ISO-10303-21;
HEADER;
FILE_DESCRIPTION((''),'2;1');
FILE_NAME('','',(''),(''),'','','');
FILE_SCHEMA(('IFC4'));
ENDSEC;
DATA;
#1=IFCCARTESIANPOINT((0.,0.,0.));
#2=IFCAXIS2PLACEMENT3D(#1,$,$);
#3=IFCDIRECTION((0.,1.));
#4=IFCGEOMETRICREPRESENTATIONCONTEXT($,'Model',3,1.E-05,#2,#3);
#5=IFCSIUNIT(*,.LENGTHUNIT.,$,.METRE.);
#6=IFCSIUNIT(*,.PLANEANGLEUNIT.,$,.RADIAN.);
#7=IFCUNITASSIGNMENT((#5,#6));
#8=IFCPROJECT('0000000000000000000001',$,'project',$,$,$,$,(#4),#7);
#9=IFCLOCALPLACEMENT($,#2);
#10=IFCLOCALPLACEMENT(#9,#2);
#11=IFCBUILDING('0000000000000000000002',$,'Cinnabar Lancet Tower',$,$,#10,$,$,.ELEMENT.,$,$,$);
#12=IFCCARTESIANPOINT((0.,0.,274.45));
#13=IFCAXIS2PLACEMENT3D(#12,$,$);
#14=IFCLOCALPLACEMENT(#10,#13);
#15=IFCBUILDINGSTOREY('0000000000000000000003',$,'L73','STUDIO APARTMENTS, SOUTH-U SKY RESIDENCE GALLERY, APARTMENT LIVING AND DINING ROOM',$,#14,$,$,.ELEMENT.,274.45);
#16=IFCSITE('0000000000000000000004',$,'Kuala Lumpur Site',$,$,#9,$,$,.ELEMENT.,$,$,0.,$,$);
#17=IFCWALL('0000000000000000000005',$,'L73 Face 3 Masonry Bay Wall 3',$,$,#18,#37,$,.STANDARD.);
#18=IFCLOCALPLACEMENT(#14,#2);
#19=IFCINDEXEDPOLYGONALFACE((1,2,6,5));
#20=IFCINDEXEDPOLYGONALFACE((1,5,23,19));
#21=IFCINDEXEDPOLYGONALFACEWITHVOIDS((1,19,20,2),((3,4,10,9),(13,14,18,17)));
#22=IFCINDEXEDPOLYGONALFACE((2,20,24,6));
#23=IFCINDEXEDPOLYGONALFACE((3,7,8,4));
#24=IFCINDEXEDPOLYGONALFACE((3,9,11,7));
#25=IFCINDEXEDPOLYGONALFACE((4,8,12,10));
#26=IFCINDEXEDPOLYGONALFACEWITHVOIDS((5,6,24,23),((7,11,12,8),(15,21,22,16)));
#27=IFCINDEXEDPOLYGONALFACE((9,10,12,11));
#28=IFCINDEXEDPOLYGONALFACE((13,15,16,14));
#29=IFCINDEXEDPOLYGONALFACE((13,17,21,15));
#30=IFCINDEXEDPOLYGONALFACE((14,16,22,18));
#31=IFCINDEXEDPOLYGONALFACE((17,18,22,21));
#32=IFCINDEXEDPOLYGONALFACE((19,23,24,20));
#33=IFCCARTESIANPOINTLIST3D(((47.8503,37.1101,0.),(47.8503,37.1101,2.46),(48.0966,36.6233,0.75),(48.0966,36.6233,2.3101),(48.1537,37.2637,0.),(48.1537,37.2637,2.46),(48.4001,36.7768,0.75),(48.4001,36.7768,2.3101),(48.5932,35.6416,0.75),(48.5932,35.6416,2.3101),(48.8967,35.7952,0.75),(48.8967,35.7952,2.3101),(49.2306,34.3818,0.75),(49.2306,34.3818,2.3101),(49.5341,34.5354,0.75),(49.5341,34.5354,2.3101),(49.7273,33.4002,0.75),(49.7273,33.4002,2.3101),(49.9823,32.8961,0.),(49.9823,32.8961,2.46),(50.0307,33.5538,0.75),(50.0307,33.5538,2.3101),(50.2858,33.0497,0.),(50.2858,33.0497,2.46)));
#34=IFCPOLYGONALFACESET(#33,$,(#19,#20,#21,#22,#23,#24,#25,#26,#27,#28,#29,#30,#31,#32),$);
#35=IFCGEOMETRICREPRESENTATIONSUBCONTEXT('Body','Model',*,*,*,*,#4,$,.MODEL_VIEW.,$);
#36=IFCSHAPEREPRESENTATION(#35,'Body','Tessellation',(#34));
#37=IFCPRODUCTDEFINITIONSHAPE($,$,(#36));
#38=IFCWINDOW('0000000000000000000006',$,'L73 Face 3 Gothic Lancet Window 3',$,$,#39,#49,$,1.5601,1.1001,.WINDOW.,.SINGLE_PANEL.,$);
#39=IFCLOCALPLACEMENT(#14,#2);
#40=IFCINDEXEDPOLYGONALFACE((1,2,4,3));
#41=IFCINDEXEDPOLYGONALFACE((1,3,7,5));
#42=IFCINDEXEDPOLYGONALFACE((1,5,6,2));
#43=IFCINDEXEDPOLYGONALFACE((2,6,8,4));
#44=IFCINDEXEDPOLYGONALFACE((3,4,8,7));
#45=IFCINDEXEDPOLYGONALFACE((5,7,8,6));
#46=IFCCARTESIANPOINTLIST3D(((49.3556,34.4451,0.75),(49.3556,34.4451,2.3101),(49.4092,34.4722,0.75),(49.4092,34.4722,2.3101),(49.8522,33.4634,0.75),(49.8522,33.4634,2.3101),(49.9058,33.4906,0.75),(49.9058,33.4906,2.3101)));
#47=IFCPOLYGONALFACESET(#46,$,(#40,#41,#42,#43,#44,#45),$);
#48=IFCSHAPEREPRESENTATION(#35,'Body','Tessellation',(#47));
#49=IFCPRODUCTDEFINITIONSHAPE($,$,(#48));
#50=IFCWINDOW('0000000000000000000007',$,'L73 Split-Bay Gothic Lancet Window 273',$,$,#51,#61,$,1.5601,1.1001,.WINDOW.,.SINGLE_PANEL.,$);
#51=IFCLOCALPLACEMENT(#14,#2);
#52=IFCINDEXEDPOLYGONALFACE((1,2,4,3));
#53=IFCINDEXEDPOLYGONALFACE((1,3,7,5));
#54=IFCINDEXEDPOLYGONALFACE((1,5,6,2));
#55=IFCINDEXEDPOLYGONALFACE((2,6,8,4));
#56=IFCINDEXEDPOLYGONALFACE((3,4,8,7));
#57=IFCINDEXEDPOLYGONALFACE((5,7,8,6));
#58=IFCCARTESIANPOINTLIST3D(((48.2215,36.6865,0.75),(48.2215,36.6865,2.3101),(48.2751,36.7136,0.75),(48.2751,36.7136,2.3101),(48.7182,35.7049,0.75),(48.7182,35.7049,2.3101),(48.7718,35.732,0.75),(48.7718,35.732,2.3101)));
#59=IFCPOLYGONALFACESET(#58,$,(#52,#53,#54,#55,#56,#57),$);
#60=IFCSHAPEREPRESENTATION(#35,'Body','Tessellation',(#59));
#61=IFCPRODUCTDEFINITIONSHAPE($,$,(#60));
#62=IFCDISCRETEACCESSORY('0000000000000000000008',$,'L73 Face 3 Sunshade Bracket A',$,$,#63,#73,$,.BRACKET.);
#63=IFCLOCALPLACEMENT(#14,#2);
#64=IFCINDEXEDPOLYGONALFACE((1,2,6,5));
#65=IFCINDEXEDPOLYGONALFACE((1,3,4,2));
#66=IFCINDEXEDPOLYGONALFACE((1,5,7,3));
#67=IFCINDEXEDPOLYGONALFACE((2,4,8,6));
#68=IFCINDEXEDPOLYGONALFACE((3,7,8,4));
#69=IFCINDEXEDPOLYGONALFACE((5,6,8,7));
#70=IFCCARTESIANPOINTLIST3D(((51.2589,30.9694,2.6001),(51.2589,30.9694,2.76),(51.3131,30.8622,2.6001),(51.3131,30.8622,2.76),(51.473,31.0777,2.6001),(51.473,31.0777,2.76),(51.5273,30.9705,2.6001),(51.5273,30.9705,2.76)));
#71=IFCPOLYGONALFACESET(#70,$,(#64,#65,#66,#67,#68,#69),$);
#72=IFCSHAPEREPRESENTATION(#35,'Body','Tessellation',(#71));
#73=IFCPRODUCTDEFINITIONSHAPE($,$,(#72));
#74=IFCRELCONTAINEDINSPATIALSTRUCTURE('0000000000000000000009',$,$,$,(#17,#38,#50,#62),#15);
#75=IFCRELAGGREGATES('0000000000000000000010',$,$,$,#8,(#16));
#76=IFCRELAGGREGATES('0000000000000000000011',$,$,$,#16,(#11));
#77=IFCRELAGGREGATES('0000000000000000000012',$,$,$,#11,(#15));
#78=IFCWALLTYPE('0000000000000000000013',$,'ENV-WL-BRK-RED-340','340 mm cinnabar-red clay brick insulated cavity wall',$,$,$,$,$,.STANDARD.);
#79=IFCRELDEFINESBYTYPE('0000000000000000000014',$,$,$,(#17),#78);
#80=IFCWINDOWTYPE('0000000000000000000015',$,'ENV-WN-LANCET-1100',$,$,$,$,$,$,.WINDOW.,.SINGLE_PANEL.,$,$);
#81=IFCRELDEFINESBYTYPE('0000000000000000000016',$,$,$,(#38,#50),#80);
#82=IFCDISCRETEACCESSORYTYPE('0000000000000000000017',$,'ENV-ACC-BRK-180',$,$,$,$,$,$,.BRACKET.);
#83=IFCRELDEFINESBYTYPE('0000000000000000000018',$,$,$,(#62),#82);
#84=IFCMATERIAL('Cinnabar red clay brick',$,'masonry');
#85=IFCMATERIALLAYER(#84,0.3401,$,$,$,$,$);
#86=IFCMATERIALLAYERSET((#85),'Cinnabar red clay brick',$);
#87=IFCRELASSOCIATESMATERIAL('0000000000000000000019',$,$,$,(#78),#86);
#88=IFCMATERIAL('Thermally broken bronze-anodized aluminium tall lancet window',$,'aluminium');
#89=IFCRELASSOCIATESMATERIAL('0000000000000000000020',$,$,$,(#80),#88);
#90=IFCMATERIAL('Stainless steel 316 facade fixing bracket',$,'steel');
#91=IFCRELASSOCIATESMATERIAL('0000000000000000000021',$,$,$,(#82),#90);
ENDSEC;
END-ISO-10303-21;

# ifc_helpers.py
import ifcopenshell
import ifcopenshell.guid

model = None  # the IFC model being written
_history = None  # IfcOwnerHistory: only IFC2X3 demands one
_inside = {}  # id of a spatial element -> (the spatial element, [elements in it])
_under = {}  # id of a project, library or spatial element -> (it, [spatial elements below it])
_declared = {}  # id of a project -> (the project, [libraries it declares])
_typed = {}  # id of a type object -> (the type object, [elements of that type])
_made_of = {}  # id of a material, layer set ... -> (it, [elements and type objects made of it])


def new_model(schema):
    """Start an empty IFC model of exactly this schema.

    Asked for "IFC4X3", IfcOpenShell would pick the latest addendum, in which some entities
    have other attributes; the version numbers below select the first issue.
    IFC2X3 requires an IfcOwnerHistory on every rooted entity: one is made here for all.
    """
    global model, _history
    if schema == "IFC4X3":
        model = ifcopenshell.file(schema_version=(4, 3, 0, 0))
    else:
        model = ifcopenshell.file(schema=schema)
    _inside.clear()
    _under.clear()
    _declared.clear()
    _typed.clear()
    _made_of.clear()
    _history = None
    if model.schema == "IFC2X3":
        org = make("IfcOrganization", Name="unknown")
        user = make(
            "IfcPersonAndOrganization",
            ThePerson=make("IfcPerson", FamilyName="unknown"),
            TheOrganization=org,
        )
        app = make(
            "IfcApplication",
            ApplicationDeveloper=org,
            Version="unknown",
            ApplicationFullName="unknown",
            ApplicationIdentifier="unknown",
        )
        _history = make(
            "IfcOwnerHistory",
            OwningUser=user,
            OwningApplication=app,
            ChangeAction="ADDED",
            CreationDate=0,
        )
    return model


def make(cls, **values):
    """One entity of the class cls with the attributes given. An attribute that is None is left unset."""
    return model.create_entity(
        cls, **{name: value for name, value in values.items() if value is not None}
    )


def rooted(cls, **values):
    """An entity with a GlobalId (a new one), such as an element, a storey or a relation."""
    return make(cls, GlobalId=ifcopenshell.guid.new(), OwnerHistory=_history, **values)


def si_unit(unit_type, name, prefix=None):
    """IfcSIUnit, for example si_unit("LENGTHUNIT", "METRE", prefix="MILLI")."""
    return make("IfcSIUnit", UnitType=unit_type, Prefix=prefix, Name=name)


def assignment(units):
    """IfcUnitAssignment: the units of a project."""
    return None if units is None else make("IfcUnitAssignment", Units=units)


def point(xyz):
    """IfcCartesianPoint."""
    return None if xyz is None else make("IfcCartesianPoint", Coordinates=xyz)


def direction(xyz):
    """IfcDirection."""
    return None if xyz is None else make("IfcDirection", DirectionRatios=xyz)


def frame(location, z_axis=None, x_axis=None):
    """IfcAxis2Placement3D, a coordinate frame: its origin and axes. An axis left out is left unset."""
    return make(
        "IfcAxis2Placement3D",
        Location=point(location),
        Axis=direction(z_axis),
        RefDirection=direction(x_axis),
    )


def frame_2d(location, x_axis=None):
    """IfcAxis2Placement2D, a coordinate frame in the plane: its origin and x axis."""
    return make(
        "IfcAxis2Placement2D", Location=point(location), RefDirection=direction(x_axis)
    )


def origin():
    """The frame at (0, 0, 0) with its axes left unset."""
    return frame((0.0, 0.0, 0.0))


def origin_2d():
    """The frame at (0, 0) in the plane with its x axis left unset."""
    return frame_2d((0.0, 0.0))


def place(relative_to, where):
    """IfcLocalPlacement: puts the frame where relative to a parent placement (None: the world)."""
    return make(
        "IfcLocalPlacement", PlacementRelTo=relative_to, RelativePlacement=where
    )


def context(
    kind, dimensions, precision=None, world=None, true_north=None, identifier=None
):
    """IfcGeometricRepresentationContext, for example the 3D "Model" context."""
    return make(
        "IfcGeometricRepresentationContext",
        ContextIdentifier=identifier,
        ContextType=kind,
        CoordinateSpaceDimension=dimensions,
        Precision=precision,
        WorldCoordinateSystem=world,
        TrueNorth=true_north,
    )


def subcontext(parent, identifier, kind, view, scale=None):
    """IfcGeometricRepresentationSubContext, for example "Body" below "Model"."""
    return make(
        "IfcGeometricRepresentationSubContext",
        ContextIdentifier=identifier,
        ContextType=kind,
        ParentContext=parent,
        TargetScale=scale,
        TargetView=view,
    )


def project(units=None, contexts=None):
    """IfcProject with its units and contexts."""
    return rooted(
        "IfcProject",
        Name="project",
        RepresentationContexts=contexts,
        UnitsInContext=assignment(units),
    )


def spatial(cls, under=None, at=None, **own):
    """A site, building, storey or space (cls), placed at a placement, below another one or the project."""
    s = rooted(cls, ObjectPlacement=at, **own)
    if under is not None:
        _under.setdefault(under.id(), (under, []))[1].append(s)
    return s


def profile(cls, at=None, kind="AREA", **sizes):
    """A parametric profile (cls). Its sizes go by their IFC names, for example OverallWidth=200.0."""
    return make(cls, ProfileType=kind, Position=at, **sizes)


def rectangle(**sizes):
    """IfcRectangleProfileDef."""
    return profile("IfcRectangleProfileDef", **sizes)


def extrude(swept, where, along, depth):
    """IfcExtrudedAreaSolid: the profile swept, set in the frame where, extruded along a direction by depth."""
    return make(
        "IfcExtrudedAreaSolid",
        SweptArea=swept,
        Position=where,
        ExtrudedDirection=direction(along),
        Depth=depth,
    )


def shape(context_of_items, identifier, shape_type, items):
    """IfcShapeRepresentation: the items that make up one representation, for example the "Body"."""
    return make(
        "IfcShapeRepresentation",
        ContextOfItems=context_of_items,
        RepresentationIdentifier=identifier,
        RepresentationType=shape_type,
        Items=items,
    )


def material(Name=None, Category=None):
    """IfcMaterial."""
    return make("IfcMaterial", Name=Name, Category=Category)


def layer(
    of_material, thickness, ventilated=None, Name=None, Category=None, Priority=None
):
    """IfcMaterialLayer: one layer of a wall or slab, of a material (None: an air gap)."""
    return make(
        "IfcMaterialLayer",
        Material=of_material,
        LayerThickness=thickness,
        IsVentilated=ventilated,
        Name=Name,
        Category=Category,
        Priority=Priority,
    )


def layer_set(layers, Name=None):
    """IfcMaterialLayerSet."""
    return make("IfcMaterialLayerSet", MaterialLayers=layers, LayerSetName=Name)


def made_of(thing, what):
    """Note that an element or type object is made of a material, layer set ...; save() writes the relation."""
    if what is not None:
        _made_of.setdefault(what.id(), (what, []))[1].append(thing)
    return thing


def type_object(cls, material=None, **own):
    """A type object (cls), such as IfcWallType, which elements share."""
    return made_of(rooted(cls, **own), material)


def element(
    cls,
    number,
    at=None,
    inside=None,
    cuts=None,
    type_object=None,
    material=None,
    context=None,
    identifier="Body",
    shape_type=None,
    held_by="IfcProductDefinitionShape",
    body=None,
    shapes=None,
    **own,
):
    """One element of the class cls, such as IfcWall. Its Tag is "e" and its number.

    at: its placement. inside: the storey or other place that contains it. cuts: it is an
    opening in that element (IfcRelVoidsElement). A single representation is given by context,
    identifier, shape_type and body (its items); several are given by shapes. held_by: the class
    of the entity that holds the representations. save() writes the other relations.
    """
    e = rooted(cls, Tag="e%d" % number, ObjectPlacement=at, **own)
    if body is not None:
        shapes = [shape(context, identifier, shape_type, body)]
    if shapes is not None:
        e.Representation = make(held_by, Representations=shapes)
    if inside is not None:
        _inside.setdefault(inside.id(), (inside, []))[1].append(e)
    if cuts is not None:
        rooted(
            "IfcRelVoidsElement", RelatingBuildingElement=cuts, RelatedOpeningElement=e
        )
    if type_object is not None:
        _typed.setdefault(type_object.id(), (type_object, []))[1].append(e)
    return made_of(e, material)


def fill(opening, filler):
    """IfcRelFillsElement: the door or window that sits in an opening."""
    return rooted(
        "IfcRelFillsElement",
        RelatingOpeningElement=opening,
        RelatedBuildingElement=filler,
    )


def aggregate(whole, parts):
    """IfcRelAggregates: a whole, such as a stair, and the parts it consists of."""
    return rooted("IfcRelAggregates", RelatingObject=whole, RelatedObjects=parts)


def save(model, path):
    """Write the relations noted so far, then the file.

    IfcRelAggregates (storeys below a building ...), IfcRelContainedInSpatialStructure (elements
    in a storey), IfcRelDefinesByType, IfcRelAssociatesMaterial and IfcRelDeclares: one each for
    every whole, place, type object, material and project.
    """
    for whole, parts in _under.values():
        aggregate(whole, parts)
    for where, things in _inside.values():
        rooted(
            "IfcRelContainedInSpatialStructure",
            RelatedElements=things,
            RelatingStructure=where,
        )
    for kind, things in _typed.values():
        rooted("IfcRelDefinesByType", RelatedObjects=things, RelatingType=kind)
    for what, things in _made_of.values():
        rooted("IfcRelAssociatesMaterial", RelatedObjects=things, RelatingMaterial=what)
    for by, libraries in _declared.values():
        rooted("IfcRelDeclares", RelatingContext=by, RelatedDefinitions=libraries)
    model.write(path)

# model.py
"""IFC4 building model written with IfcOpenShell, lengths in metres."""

from ifc_helpers import new_model, si_unit, direction, frame, frame_2d, origin, origin_2d, place, context, subcontext, project, spatial, rectangle, extrude, material, layer, layer_set, type_object, element, fill, save


model = new_model("IFC4")

# Units and contexts
model_context = context("Model", 3, precision=1e-05, world=origin(), true_north=direction((0.0, 1.0)))
body_context = subcontext(model_context, "Body", "Model", "MODEL_VIEW")
ifc_project = project(units=[si_unit("LENGTHUNIT", "METRE"), si_unit("PLANEANGLEUNIT", "RADIAN")], contexts=[model_context])

# Site, building, storey
site_placement = place(None, origin())
site = spatial("IfcSite", under=ifc_project, at=site_placement, Name="Kuala Lumpur Site", CompositionType="ELEMENT", RefElevation=0.0)
building_placement = place(site_placement, origin())
building = spatial("IfcBuilding", under=site, at=building_placement, Name="Cinnabar Lancet Tower", CompositionType="ELEMENT")
storey_placement = place(building_placement, frame((0.0, 0.0, 274.45)))
storey = spatial("IfcBuildingStorey", under=building, at=storey_placement, Name="L73", Description="STUDIO APARTMENTS, SOUTH-U SKY RESIDENCE GALLERY, APARTMENT LIVING AND DINING ROOM", CompositionType="ELEMENT", Elevation=274.45)

# Shared definitions
ifc_material_1 = material(Name="Cinnabar red clay brick", Category="masonry")
ifc_layer_1 = layer(ifc_material_1, 0.3401)
ifc_layer_set_1 = layer_set([ifc_layer_1], Name="Cinnabar red clay brick")
wall_type_1 = type_object("IfcWallType", Name="ENV-WL-BRK-RED-340", Description="340 mm cinnabar-red clay brick insulated cavity wall", PredefinedType="STANDARD", material=ifc_layer_set_1)

# Shared definitions
ifc_material_2 = material(Name="Thermally broken bronze-anodized aluminium tall lancet window", Category="aluminium")
window_type = type_object("IfcWindowType", Name="ENV-WN-LANCET-1100", PartitioningType="SINGLE_PANEL", PredefinedType="WINDOW", material=ifc_material_2)

# Wall, openings, windows
wall_1_placement = place(storey_placement, frame((50.134, 32.9729, 0.0), z_axis=(0.0, 0.0, 1.0), x_axis=(-0.451448, 0.892298, 0.0)))
wall_1 = element("IfcWall", 1, at=wall_1_placement, inside=storey, type_object=wall_type_1, Name="L73 Face 3 Masonry Bay Wall 3", PredefinedType="STANDARD", context=body_context, shape_type="SweptSolid", body=[
    extrude(rectangle(XDim=4.7227, YDim=0.3401, at=frame_2d((2.3613, 0.0))), origin(), (0.0, 0.0, 1.0), 2.46),
])
opening_1_placement = place(wall_1_placement, frame((0.5649, 0.0, 0.75)))
opening_1 = element("IfcOpeningElement", 2, at=opening_1_placement, cuts=wall_1, PredefinedType="OPENING", context=body_context, shape_type="SweptSolid", body=[
    extrude(rectangle(XDim=1.1001, YDim=1.5601, at=frame_2d((0.55, 0.78))), frame((0.0, 0.1799, 0.0), z_axis=(0.0, -1.0, 0.0), x_axis=(1.0, 0.0, 0.0)), (0.0, 0.0, 1.0), 0.3601),
])
opening_2_placement = place(wall_1_placement, frame((3.0769, 0.0, 0.75)))
opening_2 = element("IfcOpeningElement", 3, at=opening_2_placement, cuts=wall_1, PredefinedType="OPENING", context=body_context, shape_type="SweptSolid", body=[
    extrude(rectangle(XDim=1.1001, YDim=1.5601, at=frame_2d((0.55, 0.78))), frame((0.0, 0.1799, 0.0), z_axis=(0.0, -1.0, 0.0), x_axis=(1.0, 0.0, 0.0)), (0.0, 0.0, 1.0), 0.3601),
])
window_1_placement = place(opening_1_placement, origin())
window_1 = element("IfcWindow", 4, at=window_1_placement, inside=storey, type_object=window_type, Name="L73 Face 3 Gothic Lancet Window 3", OverallHeight=1.5601, OverallWidth=1.1001, PartitioningType="SINGLE_PANEL", PredefinedType="WINDOW", context=body_context, shape_type="SweptSolid", body=[
    extrude(rectangle(XDim=1.1001, YDim=1.5601, at=frame_2d((0.55, 0.78))), frame((0.0, 0.03, 0.0), z_axis=(0.0, -1.0, 0.0), x_axis=(1.0, 0.0, 0.0)), (0.0, 0.0, 1.0), 0.0601),
])
fill(opening_1, window_1)
window_2_placement = place(opening_2_placement, origin())
window_2 = element("IfcWindow", 5, at=window_2_placement, inside=storey, type_object=window_type, Name="L73 Split-Bay Gothic Lancet Window 273", OverallHeight=1.5601, OverallWidth=1.1001, PartitioningType="SINGLE_PANEL", PredefinedType="WINDOW", context=body_context, shape_type="SweptSolid", body=[
    extrude(rectangle(XDim=1.1001, YDim=1.5601, at=frame_2d((0.55, 0.78))), frame((0.0, 0.03, 0.0), z_axis=(0.0, -1.0, 0.0), x_axis=(1.0, 0.0, 0.0)), (0.0, 0.0, 1.0), 0.0601),
])
fill(opening_2, window_2)

# Discrete accessory
ifc_material_3 = material(Name="Stainless steel 316 facade fixing bracket", Category="steel")
discrete_accessory_type = type_object("IfcDiscreteAccessoryType", Name="ENV-ACC-BRK-180", PredefinedType="BRACKET", material=ifc_material_3)
discrete_accessory_placement = place(storey_placement, frame((51.3931, 30.97, 2.6001), z_axis=(0.0, 0.0, 1.0), x_axis=(-0.451376, 0.892334, 0.0)))
element("IfcDiscreteAccessory", 6, at=discrete_accessory_placement, inside=storey, type_object=discrete_accessory_type, Name="L73 Face 3 Sunshade Bracket A", PredefinedType="BRACKET", context=body_context, shape_type="SweptSolid", body=[
    extrude(rectangle(XDim=0.1201, YDim=0.24, at=origin_2d()), origin(), (0.0, 0.0, 1.0), 0.1599),
])

save(model, "model.ifc")
